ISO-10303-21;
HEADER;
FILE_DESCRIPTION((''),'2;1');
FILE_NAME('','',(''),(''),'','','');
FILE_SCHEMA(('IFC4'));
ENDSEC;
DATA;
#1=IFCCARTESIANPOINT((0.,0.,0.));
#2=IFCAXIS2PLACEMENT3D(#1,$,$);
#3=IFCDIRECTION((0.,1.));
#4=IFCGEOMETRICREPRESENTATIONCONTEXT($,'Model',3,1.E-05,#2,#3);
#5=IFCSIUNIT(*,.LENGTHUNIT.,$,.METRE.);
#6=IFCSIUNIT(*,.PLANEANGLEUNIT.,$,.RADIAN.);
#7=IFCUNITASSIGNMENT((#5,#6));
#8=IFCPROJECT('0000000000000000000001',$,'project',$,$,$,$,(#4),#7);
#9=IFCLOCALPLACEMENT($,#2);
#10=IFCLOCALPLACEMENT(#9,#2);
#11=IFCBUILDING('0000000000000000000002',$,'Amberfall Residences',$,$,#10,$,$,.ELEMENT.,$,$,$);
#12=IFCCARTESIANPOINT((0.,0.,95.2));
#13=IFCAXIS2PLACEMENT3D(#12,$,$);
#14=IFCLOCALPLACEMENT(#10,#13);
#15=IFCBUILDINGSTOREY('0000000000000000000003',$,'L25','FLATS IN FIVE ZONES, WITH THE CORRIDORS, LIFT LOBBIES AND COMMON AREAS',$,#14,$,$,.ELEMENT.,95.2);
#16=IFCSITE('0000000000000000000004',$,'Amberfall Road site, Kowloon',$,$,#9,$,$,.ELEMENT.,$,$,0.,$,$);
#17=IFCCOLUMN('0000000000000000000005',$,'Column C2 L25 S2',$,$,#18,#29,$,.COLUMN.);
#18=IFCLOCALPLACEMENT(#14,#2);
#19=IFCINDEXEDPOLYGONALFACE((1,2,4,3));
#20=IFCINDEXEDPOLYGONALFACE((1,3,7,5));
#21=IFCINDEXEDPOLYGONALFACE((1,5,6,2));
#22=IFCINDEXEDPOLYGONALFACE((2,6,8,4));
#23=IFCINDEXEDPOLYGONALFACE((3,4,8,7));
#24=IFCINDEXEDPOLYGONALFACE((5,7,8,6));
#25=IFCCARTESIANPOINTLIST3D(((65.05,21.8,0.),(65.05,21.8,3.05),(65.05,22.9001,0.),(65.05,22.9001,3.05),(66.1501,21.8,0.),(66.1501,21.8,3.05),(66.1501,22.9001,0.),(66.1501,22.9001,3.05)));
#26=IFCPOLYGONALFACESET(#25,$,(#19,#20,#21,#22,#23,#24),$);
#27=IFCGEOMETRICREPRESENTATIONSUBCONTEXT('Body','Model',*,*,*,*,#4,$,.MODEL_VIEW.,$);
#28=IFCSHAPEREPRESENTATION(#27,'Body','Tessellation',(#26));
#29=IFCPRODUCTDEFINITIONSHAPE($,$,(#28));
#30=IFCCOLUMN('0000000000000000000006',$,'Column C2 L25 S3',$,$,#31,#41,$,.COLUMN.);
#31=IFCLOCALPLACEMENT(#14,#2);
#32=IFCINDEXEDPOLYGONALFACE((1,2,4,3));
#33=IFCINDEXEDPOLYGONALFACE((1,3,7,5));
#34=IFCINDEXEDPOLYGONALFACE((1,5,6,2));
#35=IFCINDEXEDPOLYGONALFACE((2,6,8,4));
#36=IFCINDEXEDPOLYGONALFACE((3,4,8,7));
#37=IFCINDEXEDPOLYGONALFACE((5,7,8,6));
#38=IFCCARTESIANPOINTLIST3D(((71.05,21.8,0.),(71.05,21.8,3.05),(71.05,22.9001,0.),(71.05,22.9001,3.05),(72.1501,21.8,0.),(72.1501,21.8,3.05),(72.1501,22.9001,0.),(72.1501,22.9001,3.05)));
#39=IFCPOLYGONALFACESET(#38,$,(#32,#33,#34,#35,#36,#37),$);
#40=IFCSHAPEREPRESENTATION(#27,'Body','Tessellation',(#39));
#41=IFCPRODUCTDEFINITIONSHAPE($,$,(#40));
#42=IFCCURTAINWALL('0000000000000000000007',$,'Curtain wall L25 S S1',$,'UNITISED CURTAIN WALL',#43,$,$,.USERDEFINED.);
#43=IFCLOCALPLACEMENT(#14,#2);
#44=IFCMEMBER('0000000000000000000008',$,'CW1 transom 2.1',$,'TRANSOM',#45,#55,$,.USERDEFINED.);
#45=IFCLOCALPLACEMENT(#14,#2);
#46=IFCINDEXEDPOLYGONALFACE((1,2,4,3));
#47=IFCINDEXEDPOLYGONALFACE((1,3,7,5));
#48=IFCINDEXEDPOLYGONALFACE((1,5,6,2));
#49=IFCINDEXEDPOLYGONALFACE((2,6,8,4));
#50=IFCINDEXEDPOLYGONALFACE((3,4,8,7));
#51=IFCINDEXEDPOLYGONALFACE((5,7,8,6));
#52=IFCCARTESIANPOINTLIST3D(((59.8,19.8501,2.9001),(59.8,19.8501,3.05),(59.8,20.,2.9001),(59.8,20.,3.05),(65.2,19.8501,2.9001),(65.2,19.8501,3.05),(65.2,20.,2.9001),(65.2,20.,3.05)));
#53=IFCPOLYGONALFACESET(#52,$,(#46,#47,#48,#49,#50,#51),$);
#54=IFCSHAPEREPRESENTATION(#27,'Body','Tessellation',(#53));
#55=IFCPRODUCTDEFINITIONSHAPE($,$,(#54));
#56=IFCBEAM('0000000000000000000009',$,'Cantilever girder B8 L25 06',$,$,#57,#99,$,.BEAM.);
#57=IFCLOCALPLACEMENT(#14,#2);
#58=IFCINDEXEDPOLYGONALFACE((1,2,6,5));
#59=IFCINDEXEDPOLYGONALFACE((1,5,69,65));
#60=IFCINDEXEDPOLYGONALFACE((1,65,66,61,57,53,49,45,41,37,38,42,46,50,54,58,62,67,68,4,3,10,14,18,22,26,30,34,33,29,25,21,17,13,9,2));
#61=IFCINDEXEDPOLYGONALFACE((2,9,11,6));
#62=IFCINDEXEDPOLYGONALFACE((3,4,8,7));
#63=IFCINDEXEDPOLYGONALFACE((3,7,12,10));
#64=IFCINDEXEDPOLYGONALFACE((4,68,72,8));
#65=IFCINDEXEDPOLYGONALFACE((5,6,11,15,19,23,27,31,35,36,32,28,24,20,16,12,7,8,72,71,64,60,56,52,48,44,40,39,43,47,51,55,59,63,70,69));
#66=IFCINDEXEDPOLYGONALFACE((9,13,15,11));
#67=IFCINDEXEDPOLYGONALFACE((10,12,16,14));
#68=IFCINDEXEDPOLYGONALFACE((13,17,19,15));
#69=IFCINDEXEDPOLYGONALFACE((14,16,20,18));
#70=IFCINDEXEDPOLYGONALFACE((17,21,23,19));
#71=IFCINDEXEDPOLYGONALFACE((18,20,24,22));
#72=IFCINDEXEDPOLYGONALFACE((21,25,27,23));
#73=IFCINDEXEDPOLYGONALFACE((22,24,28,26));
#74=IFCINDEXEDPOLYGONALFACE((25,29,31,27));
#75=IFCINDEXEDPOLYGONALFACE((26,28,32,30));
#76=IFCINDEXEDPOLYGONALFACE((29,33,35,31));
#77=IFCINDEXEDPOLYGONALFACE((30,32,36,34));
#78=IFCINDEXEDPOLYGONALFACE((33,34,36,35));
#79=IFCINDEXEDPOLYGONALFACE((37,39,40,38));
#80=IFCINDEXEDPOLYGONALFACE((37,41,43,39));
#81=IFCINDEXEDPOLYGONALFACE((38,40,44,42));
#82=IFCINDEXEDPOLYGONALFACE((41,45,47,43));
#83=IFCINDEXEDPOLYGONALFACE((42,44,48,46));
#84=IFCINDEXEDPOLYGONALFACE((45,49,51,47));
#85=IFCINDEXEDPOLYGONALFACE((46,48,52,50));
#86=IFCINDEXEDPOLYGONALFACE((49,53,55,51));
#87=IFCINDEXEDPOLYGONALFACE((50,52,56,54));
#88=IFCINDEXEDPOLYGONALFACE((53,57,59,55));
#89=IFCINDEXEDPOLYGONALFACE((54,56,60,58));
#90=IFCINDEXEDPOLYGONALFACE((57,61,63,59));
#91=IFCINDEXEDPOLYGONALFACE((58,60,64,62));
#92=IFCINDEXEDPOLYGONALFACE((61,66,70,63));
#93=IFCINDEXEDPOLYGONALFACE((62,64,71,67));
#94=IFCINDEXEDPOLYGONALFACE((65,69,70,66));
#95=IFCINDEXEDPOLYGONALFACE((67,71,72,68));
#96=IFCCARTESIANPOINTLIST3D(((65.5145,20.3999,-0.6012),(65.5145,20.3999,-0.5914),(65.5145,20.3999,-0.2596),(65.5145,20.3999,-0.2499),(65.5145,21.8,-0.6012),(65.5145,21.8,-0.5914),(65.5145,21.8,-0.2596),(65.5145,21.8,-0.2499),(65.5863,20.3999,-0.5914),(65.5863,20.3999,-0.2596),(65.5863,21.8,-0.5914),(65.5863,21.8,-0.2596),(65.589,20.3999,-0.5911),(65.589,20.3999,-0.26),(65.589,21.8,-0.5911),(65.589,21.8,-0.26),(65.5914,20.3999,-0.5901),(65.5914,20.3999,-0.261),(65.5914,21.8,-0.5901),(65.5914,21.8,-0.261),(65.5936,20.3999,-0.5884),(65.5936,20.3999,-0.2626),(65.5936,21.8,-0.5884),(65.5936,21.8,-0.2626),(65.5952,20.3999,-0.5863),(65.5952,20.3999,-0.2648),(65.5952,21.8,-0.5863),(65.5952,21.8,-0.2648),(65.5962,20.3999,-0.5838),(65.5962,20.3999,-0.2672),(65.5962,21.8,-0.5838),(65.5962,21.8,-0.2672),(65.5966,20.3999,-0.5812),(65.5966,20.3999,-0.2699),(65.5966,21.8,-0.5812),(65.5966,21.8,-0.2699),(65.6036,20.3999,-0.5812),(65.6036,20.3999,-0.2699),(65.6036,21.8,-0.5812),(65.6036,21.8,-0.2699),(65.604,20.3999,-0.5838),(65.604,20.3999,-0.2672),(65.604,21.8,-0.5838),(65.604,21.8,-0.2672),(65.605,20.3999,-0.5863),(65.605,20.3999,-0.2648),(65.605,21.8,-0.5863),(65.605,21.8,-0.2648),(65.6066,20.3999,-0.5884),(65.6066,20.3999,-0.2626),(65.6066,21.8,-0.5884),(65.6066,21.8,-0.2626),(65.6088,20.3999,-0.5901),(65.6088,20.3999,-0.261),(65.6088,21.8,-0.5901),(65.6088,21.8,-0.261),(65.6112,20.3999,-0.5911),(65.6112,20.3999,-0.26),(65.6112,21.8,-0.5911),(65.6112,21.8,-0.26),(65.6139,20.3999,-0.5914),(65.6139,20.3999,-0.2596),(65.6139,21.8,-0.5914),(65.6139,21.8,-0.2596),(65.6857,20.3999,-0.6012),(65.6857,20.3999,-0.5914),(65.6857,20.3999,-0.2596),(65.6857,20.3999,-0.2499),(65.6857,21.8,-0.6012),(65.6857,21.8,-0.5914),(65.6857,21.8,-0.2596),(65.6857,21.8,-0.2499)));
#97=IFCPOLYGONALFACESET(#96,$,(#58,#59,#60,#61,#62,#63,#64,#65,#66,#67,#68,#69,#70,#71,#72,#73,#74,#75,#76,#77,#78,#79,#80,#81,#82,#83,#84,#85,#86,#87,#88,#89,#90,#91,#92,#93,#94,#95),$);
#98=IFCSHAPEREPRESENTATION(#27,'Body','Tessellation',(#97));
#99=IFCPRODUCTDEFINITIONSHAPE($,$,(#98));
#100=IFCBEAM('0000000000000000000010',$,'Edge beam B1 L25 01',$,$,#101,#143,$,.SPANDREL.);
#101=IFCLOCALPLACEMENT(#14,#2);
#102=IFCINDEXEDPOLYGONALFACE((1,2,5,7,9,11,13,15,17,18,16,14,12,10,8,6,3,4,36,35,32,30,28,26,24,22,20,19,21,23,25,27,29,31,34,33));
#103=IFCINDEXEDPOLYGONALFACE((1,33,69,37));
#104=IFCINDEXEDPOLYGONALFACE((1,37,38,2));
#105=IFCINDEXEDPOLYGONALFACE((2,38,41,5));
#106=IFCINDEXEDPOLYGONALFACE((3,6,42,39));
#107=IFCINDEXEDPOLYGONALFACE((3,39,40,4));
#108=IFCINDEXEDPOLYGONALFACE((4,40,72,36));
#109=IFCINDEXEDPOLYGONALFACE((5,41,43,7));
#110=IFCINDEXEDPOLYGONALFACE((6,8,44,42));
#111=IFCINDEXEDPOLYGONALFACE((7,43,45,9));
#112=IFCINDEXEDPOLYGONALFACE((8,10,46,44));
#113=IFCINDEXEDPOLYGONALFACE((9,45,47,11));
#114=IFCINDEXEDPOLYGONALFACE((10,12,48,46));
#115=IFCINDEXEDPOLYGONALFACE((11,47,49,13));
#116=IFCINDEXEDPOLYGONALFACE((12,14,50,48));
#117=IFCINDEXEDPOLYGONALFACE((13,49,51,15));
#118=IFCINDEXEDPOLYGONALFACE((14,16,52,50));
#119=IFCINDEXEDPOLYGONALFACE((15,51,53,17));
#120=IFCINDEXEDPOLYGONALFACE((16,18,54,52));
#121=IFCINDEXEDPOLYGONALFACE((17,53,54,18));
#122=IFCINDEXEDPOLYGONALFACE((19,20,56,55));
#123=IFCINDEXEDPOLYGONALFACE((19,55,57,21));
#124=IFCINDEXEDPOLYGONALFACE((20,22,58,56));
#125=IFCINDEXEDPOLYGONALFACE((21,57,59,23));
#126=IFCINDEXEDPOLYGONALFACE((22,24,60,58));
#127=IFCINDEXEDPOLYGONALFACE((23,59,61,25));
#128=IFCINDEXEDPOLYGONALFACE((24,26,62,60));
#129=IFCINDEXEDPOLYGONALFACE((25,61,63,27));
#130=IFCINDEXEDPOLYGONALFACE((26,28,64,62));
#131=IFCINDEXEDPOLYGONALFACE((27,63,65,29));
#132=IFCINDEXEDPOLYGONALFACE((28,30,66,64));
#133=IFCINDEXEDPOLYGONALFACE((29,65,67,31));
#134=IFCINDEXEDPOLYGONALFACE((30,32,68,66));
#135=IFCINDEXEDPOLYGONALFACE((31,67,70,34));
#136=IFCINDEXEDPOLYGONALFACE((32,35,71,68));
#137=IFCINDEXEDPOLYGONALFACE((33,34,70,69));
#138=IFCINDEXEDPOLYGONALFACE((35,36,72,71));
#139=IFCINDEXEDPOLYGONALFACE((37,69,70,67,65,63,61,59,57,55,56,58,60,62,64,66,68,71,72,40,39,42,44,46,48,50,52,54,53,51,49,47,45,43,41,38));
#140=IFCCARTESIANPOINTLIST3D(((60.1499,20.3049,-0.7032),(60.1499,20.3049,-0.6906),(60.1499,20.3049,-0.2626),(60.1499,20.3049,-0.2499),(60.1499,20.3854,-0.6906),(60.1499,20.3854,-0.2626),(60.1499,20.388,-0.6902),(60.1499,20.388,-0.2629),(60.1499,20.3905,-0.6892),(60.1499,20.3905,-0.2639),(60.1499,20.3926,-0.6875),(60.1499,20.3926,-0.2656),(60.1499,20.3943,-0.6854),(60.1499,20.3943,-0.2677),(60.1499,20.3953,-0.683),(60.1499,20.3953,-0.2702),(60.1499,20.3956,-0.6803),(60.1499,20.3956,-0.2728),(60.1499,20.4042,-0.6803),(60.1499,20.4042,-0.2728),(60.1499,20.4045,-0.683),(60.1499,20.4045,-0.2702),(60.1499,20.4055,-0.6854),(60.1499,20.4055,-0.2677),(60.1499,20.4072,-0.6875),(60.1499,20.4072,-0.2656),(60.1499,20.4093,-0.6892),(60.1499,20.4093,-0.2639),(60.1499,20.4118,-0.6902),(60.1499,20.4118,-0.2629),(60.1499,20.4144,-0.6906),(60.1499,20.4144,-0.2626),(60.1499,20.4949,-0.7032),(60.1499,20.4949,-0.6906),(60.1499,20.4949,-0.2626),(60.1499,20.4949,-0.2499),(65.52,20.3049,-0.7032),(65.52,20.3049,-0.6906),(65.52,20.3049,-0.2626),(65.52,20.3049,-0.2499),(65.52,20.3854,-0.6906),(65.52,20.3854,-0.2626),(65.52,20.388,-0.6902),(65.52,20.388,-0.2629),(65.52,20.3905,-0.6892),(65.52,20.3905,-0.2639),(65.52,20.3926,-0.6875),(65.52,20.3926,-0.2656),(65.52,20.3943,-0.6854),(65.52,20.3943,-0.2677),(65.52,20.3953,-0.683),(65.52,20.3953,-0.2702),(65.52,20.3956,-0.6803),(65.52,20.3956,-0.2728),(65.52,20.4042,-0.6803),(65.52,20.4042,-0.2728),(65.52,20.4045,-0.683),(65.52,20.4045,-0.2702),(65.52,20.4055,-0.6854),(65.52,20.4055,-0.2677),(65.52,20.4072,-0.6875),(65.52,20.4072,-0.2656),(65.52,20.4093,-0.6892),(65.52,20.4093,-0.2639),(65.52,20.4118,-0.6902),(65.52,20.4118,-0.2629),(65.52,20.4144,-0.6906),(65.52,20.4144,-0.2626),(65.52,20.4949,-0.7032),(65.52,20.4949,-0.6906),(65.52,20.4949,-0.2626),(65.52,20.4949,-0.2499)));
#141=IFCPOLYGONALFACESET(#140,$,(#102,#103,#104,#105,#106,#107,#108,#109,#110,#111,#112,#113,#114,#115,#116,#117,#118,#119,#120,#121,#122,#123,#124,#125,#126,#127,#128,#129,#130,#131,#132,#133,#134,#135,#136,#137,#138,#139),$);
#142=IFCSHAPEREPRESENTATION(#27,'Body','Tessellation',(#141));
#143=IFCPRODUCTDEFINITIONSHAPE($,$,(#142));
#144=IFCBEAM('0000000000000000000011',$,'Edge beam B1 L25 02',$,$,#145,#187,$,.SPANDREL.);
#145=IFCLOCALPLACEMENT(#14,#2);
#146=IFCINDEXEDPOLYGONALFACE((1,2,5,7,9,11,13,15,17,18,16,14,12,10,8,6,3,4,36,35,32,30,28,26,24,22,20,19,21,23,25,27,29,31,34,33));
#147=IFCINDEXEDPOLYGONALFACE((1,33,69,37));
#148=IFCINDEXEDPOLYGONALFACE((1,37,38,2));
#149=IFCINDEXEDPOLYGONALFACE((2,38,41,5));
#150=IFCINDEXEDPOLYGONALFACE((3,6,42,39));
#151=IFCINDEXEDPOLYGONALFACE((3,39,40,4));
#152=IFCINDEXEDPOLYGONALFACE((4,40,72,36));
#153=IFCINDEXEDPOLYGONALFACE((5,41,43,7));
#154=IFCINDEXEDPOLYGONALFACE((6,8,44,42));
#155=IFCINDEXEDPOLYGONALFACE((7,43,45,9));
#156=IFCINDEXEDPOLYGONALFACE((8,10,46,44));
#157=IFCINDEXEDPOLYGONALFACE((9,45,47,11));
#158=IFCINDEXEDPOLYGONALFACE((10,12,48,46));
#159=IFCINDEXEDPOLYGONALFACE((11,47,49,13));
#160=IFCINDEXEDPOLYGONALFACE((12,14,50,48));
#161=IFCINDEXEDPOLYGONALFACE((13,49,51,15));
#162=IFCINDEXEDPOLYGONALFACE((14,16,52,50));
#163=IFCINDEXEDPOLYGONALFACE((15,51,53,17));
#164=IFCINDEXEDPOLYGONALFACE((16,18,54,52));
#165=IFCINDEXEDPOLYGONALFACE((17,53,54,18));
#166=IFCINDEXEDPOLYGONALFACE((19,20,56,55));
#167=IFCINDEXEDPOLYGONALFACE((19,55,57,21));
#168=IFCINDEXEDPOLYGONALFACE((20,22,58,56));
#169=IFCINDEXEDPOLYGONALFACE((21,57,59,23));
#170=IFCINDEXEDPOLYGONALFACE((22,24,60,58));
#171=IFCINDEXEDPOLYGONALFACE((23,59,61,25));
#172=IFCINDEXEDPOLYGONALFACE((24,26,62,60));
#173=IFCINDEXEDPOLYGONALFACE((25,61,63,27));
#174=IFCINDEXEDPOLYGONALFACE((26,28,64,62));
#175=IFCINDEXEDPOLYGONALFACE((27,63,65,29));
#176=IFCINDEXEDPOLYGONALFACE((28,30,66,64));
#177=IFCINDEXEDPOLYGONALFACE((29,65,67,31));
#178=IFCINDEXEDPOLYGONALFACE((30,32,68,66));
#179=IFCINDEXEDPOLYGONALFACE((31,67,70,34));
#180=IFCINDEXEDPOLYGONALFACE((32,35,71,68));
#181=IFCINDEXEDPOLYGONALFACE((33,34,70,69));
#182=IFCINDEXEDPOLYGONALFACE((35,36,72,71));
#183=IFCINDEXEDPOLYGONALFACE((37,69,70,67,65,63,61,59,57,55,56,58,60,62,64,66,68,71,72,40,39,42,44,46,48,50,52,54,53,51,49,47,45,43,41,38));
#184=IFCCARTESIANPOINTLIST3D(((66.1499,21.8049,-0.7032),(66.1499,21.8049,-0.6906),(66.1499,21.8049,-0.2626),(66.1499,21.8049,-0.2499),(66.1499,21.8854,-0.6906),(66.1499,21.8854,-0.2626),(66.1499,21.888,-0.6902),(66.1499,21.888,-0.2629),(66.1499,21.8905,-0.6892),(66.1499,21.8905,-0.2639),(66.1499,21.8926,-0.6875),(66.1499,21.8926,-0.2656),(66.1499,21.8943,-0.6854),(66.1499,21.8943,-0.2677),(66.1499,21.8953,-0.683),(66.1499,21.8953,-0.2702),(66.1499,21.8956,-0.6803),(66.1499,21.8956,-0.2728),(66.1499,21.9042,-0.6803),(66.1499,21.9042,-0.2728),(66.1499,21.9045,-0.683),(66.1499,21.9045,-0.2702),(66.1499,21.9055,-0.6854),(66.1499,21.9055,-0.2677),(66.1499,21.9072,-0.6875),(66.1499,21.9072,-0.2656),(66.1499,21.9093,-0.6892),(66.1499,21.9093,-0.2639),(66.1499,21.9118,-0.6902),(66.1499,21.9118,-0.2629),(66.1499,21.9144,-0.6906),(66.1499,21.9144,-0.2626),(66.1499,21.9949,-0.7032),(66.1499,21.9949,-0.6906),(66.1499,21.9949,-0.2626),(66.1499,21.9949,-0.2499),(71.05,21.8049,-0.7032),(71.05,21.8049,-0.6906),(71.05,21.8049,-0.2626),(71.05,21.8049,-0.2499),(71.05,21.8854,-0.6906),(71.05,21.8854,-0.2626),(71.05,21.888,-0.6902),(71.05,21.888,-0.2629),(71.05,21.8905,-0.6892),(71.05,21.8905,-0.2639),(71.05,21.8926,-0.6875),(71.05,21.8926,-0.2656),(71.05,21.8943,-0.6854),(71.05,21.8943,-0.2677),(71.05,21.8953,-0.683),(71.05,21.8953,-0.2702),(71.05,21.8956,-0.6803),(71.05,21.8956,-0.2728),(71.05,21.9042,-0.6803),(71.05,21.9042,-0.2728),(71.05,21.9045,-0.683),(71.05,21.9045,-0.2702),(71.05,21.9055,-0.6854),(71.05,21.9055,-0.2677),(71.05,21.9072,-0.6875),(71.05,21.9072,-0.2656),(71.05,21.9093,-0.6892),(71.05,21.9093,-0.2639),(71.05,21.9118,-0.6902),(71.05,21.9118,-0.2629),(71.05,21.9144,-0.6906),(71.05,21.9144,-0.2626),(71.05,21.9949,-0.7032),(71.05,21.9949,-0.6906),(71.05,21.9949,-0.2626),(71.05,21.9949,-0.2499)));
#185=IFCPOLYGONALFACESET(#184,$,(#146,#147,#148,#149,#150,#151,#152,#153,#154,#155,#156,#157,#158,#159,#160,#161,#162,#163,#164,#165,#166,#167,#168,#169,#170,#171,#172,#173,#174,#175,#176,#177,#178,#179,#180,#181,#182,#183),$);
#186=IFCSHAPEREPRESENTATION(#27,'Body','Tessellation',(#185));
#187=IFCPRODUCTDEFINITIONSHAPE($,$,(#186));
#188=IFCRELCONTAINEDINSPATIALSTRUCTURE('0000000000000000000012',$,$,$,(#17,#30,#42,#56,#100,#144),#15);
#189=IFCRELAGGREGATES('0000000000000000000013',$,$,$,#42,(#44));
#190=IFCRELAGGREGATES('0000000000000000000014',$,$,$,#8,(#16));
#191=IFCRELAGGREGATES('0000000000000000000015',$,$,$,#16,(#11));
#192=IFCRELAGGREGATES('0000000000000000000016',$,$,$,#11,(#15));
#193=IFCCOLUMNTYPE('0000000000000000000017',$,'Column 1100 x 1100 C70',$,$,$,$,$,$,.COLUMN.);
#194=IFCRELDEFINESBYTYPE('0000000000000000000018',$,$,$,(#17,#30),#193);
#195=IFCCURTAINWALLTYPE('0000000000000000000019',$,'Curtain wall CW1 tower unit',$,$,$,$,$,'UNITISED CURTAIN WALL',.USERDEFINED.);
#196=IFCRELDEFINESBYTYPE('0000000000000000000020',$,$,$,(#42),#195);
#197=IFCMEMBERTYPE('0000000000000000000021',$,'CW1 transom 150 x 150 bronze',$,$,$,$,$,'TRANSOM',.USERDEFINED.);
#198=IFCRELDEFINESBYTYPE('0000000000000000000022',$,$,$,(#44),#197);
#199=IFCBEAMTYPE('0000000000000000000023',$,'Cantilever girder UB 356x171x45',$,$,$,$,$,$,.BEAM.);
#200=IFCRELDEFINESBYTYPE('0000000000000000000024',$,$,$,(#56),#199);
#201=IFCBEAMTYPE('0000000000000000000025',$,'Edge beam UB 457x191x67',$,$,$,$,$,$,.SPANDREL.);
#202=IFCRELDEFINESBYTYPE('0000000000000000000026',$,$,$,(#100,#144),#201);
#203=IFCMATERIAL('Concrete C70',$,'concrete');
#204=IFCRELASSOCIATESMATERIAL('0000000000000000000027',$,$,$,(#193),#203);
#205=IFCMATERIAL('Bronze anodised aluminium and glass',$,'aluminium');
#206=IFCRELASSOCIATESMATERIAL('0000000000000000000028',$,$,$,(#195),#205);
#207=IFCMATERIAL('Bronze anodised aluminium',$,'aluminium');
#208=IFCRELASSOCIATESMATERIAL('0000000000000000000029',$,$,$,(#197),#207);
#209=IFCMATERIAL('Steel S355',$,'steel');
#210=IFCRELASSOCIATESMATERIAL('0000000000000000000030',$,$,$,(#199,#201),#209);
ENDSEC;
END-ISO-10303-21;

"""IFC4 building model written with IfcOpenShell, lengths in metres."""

from ifc_helpers import new_model, si_unit, direction, frame, origin, origin_2d, place, context, subcontext, project, spatial, rectangle, i_section, extrude, material, material_profile, profile_set, type_object, element, aggregate, save


model = new_model("IFC4")

# Units and contexts
model_context = context("Model", 3, precision=1e-05, world=origin(), true_north=direction((0.0, 1.0)))
body_context = subcontext(model_context, "Body", "Model", "MODEL_VIEW")
ifc_project = project(units=[si_unit("LENGTHUNIT", "METRE"), si_unit("PLANEANGLEUNIT", "RADIAN")], contexts=[model_context])

# Site, building, storey
site_placement = place(None, origin())
site = spatial("IfcSite", under=ifc_project, at=site_placement, Name="Amberfall Road site, Kowloon", CompositionType="ELEMENT", RefElevation=0.0)
building_placement = place(site_placement, origin())
building = spatial("IfcBuilding", under=site, at=building_placement, Name="Amberfall Residences", CompositionType="ELEMENT")
storey_placement = place(building_placement, frame((0.0, 0.0, 95.2)))
storey = spatial("IfcBuildingStorey", under=building, at=storey_placement, Name="L25", Description="FLATS IN FIVE ZONES, WITH THE CORRIDORS, LIFT LOBBIES AND COMMON AREAS", CompositionType="ELEMENT", Elevation=95.2)

# Columns
ifc_material_1 = material(Name="Concrete C70", Category="concrete")
ifc_material_profile_1 = material_profile(ifc_material_1, rectangle(XDim=1.1001, YDim=1.1001, at=origin_2d()), Name="Column 1100 x 1100 C70")
ifc_profile_set_1 = profile_set([ifc_material_profile_1], Name="Concrete C70")
column_type = type_object("IfcColumnType", Name="Column 1100 x 1100 C70", PredefinedType="COLUMN", material=ifc_profile_set_1)
for number, where, z_axis, x_axis, name in (
    (1, (65.6001, 22.3501, 0.0), (0.0, 0.0, 1.0), (1.0, 0.0, 0.0), "Column C2 L25 S2"),
    (2, (71.6001, 22.3501, 0.0), (0.0, 0.0, 1.0), (1.0, 0.0, 0.0), "Column C2 L25 S3"),
):
    element("IfcColumn", number, at=place(storey_placement, frame(where, z_axis=z_axis, x_axis=x_axis)), inside=storey, type_object=column_type, Name=name, PredefinedType="COLUMN", context=body_context, shape_type="SweptSolid", body=[
        extrude(rectangle(XDim=1.1001, YDim=1.1001, at=origin_2d()), origin(), (0.0, 0.0, 1.0), 3.05),
    ])

# Curtain wall, member
ifc_material_2 = material(Name="Bronze anodised aluminium and glass", Category="aluminium")
curtain_wall_type = type_object("IfcCurtainWallType", Name="Curtain wall CW1 tower unit", ElementType="UNITISED CURTAIN WALL", PredefinedType="USERDEFINED", material=ifc_material_2)
curtain_wall_placement = place(storey_placement, origin())
curtain_wall = element("IfcCurtainWall", 3, at=curtain_wall_placement, inside=storey, type_object=curtain_wall_type, Name="Curtain wall L25 S S1", ObjectType="UNITISED CURTAIN WALL", PredefinedType="USERDEFINED")
ifc_material_3 = material(Name="Bronze anodised aluminium", Category="aluminium")
ifc_material_profile_2 = material_profile(ifc_material_3, rectangle(XDim=0.1499, YDim=0.1499, at=origin_2d()), Name="CW1 transom 150 x 150 bronze")
ifc_profile_set_2 = profile_set([ifc_material_profile_2], Name="Bronze anodised aluminium")
member_type_1 = type_object("IfcMemberType", Name="CW1 transom 150 x 150 bronze", ElementType="TRANSOM", PredefinedType="USERDEFINED", material=ifc_profile_set_2)
member_1_placement = place(storey_placement, frame((59.8, 19.925, 2.9751), z_axis=(1.0, 0.0, 0.0), x_axis=(0.0, 1.0, 0.0)))
member_1 = element("IfcMember", 4, at=member_1_placement, type_object=member_type_1, Name="CW1 transom 2.1", ObjectType="TRANSOM", PredefinedType="USERDEFINED", context=body_context, shape_type="SweptSolid", body=[
    extrude(rectangle(XDim=0.1499, YDim=0.1499, at=origin_2d()), origin(), (0.0, 0.0, 1.0), 5.3999),
])

# Beams
ifc_material_4 = material(Name="Steel S355", Category="steel")
ifc_material_profile_3 = material_profile(ifc_material_4, i_section(OverallWidth=0.1711, OverallDepth=0.3513, WebThickness=0.0071, FlangeThickness=0.0098, FilletRadius=0.0103, at=origin_2d()), Name="UB 356x171x45")
ifc_profile_set_3 = profile_set([ifc_material_profile_3], Name="Steel S355")
beam_type_1 = type_object("IfcBeamType", Name="Cantilever girder UB 356x171x45", PredefinedType="BEAM", material=ifc_profile_set_3)
beam_1_placement = place(storey_placement, frame((65.6001, 21.8, -0.4255), z_axis=(0.0, -1.0, 0.0), x_axis=(1.0, 0.0, 0.0)))
element("IfcBeam", 5, at=beam_1_placement, inside=storey, type_object=beam_type_1, Name="Cantilever girder B8 L25 06", PredefinedType="BEAM", context=body_context, shape_type="SweptSolid", body=[
    extrude(i_section(OverallWidth=0.1711, OverallDepth=0.3513, WebThickness=0.0071, FlangeThickness=0.0098, FilletRadius=0.0103, at=origin_2d()), origin(), (0.0, 0.0, 1.0), 1.4001),
])
ifc_material_profile_4 = material_profile(ifc_material_4, i_section(OverallWidth=0.1899, OverallDepth=0.4534, WebThickness=0.0085, FlangeThickness=0.0127, FilletRadius=0.0103, at=origin_2d()), Name="UB 457x191x67")
ifc_profile_set_4 = profile_set([ifc_material_profile_4], Name="Steel S355")
beam_type_2 = type_object("IfcBeamType", Name="Edge beam UB 457x191x67", PredefinedType="SPANDREL", material=ifc_profile_set_4)
beam_2_placement = place(storey_placement, frame((60.1499, 20.3999, -0.4766), z_axis=(1.0, 0.0, 0.0), x_axis=(0.0, 1.0, 0.0)))
element("IfcBeam", 6, at=beam_2_placement, inside=storey, type_object=beam_type_2, Name="Edge beam B1 L25 01", PredefinedType="SPANDREL", context=body_context, shape_type="SweptSolid", body=[
    extrude(i_section(OverallWidth=0.1899, OverallDepth=0.4534, WebThickness=0.0085, FlangeThickness=0.0127, FilletRadius=0.0103, at=origin_2d()), origin(), (0.0, 0.0, 1.0), 5.3701),
])
beam_3_placement = place(storey_placement, frame((66.1499, 21.8999, -0.4766), z_axis=(1.0, 0.0, 0.0), x_axis=(0.0, 1.0, 0.0)))
element("IfcBeam", 7, at=beam_3_placement, inside=storey, type_object=beam_type_2, Name="Edge beam B1 L25 02", PredefinedType="SPANDREL", context=body_context, shape_type="SweptSolid", body=[
    extrude(i_section(OverallWidth=0.1899, OverallDepth=0.4534, WebThickness=0.0085, FlangeThickness=0.0127, FilletRadius=0.0103, at=origin_2d()), origin(), (0.0, 0.0, 1.0), 4.9001),
])

aggregate(curtain_wall, [member_1])

save(model, "model.ifc")
